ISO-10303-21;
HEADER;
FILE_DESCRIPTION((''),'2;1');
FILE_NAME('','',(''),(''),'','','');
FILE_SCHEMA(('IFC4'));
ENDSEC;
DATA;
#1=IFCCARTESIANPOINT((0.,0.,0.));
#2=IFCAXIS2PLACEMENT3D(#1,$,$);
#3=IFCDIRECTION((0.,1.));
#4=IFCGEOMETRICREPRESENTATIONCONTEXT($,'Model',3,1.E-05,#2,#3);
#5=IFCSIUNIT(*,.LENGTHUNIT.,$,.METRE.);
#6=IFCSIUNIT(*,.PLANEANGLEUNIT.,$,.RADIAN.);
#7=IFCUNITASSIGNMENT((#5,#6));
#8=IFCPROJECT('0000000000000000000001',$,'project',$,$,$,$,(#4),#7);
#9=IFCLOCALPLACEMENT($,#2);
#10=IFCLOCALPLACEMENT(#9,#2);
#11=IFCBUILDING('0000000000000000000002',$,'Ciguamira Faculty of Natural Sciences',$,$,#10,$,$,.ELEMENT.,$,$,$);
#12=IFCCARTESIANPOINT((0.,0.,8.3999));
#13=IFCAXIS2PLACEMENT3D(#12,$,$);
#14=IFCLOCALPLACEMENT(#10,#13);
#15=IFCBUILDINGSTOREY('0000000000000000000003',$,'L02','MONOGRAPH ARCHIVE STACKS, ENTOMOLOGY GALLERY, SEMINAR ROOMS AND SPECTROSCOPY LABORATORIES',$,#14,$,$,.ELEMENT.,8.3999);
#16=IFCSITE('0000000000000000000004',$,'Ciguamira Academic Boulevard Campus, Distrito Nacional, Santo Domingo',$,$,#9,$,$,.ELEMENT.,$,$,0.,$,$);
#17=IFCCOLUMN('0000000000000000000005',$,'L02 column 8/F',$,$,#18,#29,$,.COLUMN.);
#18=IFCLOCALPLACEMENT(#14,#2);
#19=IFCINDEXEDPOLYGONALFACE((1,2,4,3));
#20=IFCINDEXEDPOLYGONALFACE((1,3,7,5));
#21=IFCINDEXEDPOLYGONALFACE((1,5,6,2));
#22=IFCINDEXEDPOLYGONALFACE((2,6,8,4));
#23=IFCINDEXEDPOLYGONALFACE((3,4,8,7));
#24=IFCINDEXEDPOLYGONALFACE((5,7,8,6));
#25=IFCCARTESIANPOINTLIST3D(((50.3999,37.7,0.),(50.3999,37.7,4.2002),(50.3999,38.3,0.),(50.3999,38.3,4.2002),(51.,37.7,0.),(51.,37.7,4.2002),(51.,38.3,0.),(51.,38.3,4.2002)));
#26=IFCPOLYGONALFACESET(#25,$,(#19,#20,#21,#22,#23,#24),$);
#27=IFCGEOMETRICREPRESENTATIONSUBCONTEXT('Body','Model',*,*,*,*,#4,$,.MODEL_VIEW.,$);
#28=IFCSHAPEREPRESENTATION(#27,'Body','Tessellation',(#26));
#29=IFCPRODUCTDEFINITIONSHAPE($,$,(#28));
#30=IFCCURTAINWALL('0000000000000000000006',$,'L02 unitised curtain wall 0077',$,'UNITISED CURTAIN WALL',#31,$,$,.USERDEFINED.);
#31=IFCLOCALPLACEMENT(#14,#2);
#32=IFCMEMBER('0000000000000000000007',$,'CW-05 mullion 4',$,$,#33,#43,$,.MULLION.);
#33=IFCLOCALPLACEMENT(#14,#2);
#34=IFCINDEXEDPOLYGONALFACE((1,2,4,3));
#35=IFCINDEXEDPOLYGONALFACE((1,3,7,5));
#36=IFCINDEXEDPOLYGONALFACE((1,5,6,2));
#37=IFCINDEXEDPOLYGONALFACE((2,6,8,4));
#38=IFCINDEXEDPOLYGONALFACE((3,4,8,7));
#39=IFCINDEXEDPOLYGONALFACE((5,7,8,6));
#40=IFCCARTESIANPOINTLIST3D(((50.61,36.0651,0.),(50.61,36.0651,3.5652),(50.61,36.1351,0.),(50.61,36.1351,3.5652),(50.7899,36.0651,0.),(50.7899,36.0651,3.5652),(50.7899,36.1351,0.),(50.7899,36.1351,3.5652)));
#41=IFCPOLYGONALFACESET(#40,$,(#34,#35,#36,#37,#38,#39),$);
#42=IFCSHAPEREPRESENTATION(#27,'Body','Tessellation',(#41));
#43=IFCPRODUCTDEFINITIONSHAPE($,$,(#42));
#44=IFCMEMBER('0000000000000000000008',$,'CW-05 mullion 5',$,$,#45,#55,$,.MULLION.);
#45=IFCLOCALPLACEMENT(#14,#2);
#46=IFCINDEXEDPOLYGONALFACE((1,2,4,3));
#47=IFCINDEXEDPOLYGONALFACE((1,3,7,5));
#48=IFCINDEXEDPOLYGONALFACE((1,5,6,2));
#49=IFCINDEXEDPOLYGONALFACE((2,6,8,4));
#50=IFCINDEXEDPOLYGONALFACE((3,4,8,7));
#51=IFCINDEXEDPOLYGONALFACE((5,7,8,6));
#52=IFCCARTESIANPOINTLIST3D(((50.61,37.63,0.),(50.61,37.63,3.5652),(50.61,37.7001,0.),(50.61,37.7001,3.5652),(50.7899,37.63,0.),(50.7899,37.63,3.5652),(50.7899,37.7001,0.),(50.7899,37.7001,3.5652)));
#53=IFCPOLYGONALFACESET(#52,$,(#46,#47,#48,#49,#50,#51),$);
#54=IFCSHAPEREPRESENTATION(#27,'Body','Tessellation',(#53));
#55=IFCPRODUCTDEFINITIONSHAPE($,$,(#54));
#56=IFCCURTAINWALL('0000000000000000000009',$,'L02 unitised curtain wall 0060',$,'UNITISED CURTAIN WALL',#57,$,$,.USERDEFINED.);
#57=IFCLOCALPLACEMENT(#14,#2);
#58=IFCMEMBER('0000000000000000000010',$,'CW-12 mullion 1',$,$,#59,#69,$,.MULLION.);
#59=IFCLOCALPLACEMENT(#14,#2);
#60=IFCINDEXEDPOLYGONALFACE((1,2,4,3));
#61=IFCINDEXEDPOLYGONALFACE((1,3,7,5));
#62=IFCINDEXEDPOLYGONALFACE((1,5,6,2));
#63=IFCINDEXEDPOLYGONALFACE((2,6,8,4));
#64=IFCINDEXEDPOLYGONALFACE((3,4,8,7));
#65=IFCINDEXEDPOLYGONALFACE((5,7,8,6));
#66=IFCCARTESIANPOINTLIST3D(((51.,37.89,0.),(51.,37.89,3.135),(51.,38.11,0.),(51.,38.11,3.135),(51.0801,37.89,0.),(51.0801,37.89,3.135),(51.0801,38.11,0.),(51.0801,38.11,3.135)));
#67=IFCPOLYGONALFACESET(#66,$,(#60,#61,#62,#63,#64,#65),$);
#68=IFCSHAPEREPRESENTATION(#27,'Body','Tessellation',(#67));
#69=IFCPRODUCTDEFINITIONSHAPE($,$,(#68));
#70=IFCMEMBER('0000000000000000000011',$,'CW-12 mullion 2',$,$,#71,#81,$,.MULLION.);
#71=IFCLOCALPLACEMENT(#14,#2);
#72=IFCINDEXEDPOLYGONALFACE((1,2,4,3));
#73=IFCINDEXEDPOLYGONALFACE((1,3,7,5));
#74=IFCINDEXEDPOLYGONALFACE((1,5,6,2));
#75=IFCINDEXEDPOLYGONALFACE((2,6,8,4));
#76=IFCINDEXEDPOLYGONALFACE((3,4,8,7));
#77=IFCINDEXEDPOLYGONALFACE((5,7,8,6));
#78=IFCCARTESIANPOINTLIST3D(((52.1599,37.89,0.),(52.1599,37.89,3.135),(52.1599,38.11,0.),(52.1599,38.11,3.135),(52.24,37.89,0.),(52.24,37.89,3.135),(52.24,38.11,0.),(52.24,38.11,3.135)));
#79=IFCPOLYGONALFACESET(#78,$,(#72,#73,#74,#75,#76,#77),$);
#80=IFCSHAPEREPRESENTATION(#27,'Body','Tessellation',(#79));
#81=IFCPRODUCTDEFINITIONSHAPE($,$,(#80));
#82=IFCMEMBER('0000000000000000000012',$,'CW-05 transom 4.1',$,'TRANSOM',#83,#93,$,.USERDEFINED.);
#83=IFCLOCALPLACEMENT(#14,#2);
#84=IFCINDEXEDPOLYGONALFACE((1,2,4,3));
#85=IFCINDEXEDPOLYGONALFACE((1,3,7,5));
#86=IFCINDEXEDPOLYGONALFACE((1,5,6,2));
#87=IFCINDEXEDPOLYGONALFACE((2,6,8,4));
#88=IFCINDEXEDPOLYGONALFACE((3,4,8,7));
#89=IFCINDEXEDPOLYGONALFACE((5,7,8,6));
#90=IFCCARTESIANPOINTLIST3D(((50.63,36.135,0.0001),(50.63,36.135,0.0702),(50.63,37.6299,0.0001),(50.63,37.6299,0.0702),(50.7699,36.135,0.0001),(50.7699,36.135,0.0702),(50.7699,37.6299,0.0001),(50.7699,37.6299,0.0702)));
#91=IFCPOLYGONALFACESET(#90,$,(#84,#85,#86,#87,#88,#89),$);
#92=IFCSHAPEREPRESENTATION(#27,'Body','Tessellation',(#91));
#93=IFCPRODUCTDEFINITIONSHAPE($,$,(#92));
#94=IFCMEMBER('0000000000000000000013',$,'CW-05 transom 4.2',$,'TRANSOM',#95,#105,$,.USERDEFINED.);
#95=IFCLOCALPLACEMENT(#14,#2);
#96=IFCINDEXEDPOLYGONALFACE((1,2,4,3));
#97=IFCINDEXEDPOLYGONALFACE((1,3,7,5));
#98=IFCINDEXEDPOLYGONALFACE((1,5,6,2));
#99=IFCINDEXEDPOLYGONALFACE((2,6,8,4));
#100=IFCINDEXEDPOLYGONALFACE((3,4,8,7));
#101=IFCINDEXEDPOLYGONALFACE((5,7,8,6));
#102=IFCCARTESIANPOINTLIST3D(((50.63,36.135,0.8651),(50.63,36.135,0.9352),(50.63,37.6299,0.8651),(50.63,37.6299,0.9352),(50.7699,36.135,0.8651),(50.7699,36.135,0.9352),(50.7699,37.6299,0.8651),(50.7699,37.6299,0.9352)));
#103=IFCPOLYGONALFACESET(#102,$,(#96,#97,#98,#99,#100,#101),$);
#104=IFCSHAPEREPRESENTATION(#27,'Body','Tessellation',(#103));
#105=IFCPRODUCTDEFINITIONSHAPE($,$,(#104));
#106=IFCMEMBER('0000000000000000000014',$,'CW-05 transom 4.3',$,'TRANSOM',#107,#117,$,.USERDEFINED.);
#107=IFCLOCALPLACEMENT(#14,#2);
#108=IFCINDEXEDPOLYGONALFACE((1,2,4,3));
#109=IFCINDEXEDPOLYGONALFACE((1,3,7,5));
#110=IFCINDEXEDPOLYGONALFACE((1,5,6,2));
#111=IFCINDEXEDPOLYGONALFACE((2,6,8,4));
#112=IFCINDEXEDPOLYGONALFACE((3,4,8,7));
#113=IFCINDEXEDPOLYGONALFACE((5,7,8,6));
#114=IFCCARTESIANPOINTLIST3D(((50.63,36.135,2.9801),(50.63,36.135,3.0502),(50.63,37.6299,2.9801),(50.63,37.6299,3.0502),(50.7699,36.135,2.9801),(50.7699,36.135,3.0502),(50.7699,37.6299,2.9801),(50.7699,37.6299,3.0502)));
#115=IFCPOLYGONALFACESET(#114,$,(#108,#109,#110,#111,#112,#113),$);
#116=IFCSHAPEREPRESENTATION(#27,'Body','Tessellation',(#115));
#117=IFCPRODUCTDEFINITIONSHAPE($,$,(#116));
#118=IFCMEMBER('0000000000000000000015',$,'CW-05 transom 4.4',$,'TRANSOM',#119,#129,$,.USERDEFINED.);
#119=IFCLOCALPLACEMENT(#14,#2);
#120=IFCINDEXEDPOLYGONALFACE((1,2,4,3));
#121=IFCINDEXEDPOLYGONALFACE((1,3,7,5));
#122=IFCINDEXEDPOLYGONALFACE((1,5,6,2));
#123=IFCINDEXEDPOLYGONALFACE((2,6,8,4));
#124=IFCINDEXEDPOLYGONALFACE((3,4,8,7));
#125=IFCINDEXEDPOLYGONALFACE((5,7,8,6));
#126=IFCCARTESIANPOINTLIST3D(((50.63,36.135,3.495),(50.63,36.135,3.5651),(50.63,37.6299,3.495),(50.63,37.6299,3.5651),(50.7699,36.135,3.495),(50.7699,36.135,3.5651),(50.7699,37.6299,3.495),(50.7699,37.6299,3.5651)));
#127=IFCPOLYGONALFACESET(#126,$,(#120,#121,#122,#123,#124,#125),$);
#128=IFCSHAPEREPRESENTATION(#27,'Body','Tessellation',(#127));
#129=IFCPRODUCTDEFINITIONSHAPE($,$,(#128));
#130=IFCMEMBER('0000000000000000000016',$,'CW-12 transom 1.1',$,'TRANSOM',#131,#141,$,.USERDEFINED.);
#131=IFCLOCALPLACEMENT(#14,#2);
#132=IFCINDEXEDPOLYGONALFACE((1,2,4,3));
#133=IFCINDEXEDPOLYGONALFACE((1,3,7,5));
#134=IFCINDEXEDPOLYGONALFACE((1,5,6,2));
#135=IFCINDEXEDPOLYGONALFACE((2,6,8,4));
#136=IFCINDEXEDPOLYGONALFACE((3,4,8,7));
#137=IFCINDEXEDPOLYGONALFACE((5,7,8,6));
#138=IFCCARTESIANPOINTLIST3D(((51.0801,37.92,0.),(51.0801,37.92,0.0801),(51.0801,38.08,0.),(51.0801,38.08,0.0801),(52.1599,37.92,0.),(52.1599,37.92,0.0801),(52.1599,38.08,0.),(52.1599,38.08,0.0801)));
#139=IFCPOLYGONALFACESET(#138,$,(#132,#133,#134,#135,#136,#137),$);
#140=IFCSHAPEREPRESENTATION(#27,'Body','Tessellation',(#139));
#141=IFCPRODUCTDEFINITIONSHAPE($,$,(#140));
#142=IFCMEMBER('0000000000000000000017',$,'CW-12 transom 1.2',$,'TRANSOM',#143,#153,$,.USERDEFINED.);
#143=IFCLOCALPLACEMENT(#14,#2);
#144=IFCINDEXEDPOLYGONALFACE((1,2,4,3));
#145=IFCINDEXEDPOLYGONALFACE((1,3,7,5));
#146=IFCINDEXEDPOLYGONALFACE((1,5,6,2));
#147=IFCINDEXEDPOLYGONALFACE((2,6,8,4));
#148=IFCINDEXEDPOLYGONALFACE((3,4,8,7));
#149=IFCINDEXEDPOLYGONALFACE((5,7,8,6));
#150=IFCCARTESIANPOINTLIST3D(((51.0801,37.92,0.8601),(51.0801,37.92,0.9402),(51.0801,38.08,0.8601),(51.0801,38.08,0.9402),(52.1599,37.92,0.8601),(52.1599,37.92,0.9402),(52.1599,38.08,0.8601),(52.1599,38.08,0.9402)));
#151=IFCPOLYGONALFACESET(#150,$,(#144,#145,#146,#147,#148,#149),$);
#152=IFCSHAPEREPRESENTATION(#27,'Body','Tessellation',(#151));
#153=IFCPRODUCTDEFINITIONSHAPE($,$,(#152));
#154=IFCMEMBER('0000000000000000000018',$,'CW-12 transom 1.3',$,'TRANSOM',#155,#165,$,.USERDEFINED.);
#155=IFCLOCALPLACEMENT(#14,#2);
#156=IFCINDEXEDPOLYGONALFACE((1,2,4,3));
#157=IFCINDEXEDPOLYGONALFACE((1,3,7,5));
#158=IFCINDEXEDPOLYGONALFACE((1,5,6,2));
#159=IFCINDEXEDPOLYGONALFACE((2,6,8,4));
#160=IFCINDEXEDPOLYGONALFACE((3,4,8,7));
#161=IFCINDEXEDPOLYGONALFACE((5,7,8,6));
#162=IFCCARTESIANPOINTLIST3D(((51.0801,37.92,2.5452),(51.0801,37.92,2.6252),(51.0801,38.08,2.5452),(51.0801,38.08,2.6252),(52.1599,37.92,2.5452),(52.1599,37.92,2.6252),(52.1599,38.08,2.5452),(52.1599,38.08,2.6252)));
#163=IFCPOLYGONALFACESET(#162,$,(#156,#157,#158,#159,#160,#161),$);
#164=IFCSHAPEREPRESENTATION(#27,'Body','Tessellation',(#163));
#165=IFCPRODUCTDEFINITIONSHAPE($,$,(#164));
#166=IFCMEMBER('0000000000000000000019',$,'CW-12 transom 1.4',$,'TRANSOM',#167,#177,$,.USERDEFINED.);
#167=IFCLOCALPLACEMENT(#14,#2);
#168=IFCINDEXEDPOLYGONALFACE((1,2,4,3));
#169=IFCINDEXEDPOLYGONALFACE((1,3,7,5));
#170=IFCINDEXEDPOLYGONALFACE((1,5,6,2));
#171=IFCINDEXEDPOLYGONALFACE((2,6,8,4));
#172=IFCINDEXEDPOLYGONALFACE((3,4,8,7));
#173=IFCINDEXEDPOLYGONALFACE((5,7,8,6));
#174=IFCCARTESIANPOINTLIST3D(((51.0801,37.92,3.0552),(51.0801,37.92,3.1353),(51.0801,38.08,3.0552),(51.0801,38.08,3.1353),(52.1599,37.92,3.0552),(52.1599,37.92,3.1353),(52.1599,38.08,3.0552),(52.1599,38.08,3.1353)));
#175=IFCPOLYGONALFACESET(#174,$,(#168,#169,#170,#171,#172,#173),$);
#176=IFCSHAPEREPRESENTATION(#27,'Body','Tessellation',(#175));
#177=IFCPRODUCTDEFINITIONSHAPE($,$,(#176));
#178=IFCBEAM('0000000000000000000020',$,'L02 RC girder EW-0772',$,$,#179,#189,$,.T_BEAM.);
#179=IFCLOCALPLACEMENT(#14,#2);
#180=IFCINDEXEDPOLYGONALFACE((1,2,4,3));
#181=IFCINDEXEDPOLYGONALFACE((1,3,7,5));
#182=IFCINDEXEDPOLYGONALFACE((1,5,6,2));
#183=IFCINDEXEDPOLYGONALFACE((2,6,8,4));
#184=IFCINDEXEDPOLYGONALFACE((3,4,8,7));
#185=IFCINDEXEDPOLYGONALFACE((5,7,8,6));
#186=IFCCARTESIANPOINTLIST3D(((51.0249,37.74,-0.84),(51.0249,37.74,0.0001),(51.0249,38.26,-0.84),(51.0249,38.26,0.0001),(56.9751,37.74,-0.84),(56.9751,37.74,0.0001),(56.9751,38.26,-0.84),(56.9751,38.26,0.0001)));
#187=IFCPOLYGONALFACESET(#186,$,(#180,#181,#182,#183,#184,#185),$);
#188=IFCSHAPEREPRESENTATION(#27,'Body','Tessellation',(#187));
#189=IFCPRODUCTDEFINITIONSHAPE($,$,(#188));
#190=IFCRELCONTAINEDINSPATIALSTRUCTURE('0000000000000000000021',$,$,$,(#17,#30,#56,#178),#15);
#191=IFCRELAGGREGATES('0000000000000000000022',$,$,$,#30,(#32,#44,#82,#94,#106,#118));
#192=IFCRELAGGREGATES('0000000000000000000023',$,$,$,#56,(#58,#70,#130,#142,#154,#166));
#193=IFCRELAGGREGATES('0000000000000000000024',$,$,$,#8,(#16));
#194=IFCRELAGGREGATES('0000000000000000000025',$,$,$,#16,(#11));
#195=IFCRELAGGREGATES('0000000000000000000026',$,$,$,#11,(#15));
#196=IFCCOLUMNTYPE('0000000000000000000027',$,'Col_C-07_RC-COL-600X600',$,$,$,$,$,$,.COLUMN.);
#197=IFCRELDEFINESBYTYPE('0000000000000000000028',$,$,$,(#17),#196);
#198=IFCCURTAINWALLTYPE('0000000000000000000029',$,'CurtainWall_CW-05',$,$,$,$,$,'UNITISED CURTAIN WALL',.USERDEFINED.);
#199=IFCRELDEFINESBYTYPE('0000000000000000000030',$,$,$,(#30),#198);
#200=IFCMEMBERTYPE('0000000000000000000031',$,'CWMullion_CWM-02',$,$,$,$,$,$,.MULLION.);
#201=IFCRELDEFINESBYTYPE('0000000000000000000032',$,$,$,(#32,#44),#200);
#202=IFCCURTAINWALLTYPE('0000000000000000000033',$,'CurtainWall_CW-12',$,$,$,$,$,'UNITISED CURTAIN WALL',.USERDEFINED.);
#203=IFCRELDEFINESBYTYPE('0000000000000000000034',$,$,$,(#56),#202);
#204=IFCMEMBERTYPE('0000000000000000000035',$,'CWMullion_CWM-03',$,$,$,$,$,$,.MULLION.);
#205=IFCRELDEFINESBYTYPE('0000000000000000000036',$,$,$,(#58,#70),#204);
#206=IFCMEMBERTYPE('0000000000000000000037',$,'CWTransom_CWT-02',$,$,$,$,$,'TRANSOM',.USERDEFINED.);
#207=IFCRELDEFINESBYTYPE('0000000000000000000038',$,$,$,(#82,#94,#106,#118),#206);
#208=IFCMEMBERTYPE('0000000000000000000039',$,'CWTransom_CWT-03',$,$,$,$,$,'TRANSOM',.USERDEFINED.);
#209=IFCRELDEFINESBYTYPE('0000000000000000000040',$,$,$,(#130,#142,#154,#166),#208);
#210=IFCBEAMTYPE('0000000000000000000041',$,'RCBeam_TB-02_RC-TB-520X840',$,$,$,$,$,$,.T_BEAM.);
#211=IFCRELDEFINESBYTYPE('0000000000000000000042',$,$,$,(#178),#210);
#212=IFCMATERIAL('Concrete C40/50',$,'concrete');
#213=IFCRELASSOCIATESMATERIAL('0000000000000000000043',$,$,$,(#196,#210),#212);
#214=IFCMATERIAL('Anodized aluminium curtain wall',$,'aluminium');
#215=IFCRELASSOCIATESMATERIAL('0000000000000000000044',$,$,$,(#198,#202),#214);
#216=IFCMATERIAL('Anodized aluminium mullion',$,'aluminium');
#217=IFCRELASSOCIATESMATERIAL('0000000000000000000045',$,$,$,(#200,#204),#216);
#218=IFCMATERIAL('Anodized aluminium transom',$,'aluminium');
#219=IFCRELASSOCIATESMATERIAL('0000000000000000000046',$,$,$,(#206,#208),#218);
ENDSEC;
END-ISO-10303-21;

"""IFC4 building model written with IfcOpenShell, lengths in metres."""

from ifc_helpers import new_model, si_unit, direction, frame, origin, origin_2d, place, context, subcontext, project, spatial, rectangle, extrude, material, material_profile, profile_set, type_object, element, aggregate, save


model = new_model("IFC4")

# Units and contexts
model_context = context("Model", 3, precision=1e-05, world=origin(), true_north=direction((0.0, 1.0)))
body_context = subcontext(model_context, "Body", "Model", "MODEL_VIEW")
ifc_project = project(units=[si_unit("LENGTHUNIT", "METRE"), si_unit("PLANEANGLEUNIT", "RADIAN")], contexts=[model_context])

# Site, building, storey
site_placement = place(None, origin())
site = spatial("IfcSite", under=ifc_project, at=site_placement, Name="Ciguamira Academic Boulevard Campus, Distrito Nacional, Santo Domingo", CompositionType="ELEMENT", RefElevation=0.0)
building_placement = place(site_placement, origin())
building = spatial("IfcBuilding", under=site, at=building_placement, Name="Ciguamira Faculty of Natural Sciences", CompositionType="ELEMENT")
storey_placement = place(building_placement, frame((0.0, 0.0, 8.3999)))
storey = spatial("IfcBuildingStorey", under=building, at=storey_placement, Name="L02", Description="MONOGRAPH ARCHIVE STACKS, ENTOMOLOGY GALLERY, SEMINAR ROOMS AND SPECTROSCOPY LABORATORIES", CompositionType="ELEMENT", Elevation=8.3999)

# Column
ifc_material_1 = material(Name="Concrete C40/50", Category="concrete")
ifc_material_profile_1 = material_profile(ifc_material_1, rectangle(XDim=0.6001, YDim=0.6001, at=origin_2d()), Name="RC-COL-600X600")
ifc_profile_set_1 = profile_set([ifc_material_profile_1], Name="Concrete C40/50")
column_type = type_object("IfcColumnType", Name="Col_C-07_RC-COL-600X600", PredefinedType="COLUMN", material=ifc_profile_set_1)
column_placement = place(storey_placement, frame((50.7, 38.0, 0.0), z_axis=(0.0, 0.0, 1.0), x_axis=(1.0, 0.0, 0.0)))
element("IfcColumn", 1, at=column_placement, inside=storey, type_object=column_type, Name="L02 column 8/F", PredefinedType="COLUMN", context=body_context, shape_type="SweptSolid", body=[
    extrude(rectangle(XDim=0.6001, YDim=0.6001, at=origin_2d()), origin(), (0.0, 0.0, 1.0), 4.2002),
])

# Curtain walls, members
ifc_material_2 = material(Name="Anodized aluminium curtain wall", Category="aluminium")
curtain_wall_type_1 = type_object("IfcCurtainWallType", Name="CurtainWall_CW-05", ElementType="UNITISED CURTAIN WALL", PredefinedType="USERDEFINED", material=ifc_material_2)
curtain_wall_1_placement = place(storey_placement, origin())
curtain_wall_1 = element("IfcCurtainWall", 2, at=curtain_wall_1_placement, inside=storey, type_object=curtain_wall_type_1, Name="L02 unitised curtain wall 0077", ObjectType="UNITISED CURTAIN WALL", PredefinedType="USERDEFINED")
ifc_material_3 = material(Name="Anodized aluminium mullion", Category="aluminium")
ifc_material_profile_2 = material_profile(ifc_material_3, rectangle(XDim=0.0701, YDim=0.1799, at=origin_2d()), Name="ALU-MUL-70X180")
ifc_profile_set_2 = profile_set([ifc_material_profile_2], Name="Anodized aluminium mullion")
member_type_1 = type_object("IfcMemberType", Name="CWMullion_CWM-02", PredefinedType="MULLION", material=ifc_profile_set_2)
member_1_placement = place(storey_placement, frame((50.7, 36.1001, 0.0), z_axis=(0.0, 0.0, 1.0), x_axis=(0.0, 1.0, 0.0)))
member_1 = element("IfcMember", 3, at=member_1_placement, type_object=member_type_1, Name="CW-05 mullion 4", PredefinedType="MULLION", context=body_context, shape_type="SweptSolid", body=[
    extrude(rectangle(XDim=0.0701, YDim=0.1799, at=origin_2d()), origin(), (0.0, 0.0, 1.0), 3.5652),
])
member_2_placement = place(storey_placement, frame((50.7, 37.665, 0.0), z_axis=(0.0, 0.0, 1.0), x_axis=(0.0, 1.0, 0.0)))
member_2 = element("IfcMember", 4, at=member_2_placement, type_object=member_type_1, Name="CW-05 mullion 5", PredefinedType="MULLION", context=body_context, shape_type="SweptSolid", body=[
    extrude(rectangle(XDim=0.0701, YDim=0.1799, at=origin_2d()), origin(), (0.0, 0.0, 1.0), 3.5652),
])
curtain_wall_type_2 = type_object("IfcCurtainWallType", Name="CurtainWall_CW-12", ElementType="UNITISED CURTAIN WALL", PredefinedType="USERDEFINED", material=ifc_material_2)
curtain_wall_2_placement = place(storey_placement, origin())
curtain_wall_2 = element("IfcCurtainWall", 5, at=curtain_wall_2_placement, inside=storey, type_object=curtain_wall_type_2, Name="L02 unitised curtain wall 0060", ObjectType="UNITISED CURTAIN WALL", PredefinedType="USERDEFINED")
ifc_material_profile_3 = material_profile(ifc_material_3, rectangle(XDim=0.0801, YDim=0.22, at=origin_2d()), Name="ALU-MUL-80X220")
ifc_profile_set_3 = profile_set([ifc_material_profile_3], Name="Anodized aluminium mullion")
member_type_2 = type_object("IfcMemberType", Name="CWMullion_CWM-03", PredefinedType="MULLION", material=ifc_profile_set_3)
member_3_placement = place(storey_placement, frame((51.04, 38.0, 0.0), z_axis=(0.0, 0.0, 1.0), x_axis=(1.0, 0.0, 0.0)))
member_3 = element("IfcMember", 6, at=member_3_placement, type_object=member_type_2, Name="CW-12 mullion 1", PredefinedType="MULLION", context=body_context, shape_type="SweptSolid", body=[
    extrude(rectangle(XDim=0.0801, YDim=0.22, at=origin_2d()), origin(), (0.0, 0.0, 1.0), 3.135),
])
member_4_placement = place(storey_placement, frame((52.2, 38.0, 0.0), z_axis=(0.0, 0.0, 1.0), x_axis=(1.0, 0.0, 0.0)))
member_4 = element("IfcMember", 7, at=member_4_placement, type_object=member_type_2, Name="CW-12 mullion 2", PredefinedType="MULLION", context=body_context, shape_type="SweptSolid", body=[
    extrude(rectangle(XDim=0.0801, YDim=0.22, at=origin_2d()), origin(), (0.0, 0.0, 1.0), 3.135),
])

# Members
ifc_material_4 = material(Name="Anodized aluminium transom", Category="aluminium")
ifc_material_profile_4 = material_profile(ifc_material_4, rectangle(XDim=0.0701, YDim=0.1399, at=origin_2d()), Name="ALU-TRN-70X140")
ifc_profile_set_4 = profile_set([ifc_material_profile_4], Name="Anodized aluminium transom")
member_type_3 = type_object("IfcMemberType", Name="CWTransom_CWT-02", ElementType="TRANSOM", PredefinedType="USERDEFINED", material=ifc_profile_set_4)
member_5_placement = place(storey_placement, frame((50.7, 36.135, 0.0352), z_axis=(0.0, 1.0, 0.0), x_axis=(0.0, 0.0, 1.0)))
member_5 = element("IfcMember", 8, at=member_5_placement, type_object=member_type_3, Name="CW-05 transom 4.1", ObjectType="TRANSOM", PredefinedType="USERDEFINED", context=body_context, shape_type="SweptSolid", body=[
    extrude(rectangle(XDim=0.0701, YDim=0.1399, at=origin_2d()), origin(), (0.0, 0.0, 1.0), 1.4949),
])
member_6_placement = place(storey_placement, frame((50.7, 36.135, 0.9001), z_axis=(0.0, 1.0, 0.0), x_axis=(0.0, 0.0, 1.0)))
member_6 = element("IfcMember", 9, at=member_6_placement, type_object=member_type_3, Name="CW-05 transom 4.2", ObjectType="TRANSOM", PredefinedType="USERDEFINED", context=body_context, shape_type="SweptSolid", body=[
    extrude(rectangle(XDim=0.0701, YDim=0.1399, at=origin_2d()), origin(), (0.0, 0.0, 1.0), 1.4949),
])
member_7_placement = place(storey_placement, frame((50.7, 36.135, 3.0151), z_axis=(0.0, 1.0, 0.0), x_axis=(0.0, 0.0, 1.0)))
member_7 = element("IfcMember", 10, at=member_7_placement, type_object=member_type_3, Name="CW-05 transom 4.3", ObjectType="TRANSOM", PredefinedType="USERDEFINED", context=body_context, shape_type="SweptSolid", body=[
    extrude(rectangle(XDim=0.0701, YDim=0.1399, at=origin_2d()), origin(), (0.0, 0.0, 1.0), 1.4949),
])
member_8_placement = place(storey_placement, frame((50.7, 36.135, 3.53), z_axis=(0.0, 1.0, 0.0), x_axis=(0.0, 0.0, 1.0)))
member_8 = element("IfcMember", 11, at=member_8_placement, type_object=member_type_3, Name="CW-05 transom 4.4", ObjectType="TRANSOM", PredefinedType="USERDEFINED", context=body_context, shape_type="SweptSolid", body=[
    extrude(rectangle(XDim=0.0701, YDim=0.1399, at=origin_2d()), origin(), (0.0, 0.0, 1.0), 1.4949),
])
ifc_material_profile_5 = material_profile(ifc_material_4, rectangle(XDim=0.0801, YDim=0.1599, at=origin_2d()), Name="ALU-TRN-80X160")
ifc_profile_set_5 = profile_set([ifc_material_profile_5], Name="Anodized aluminium transom")
member_type_4 = type_object("IfcMemberType", Name="CWTransom_CWT-03", ElementType="TRANSOM", PredefinedType="USERDEFINED", material=ifc_profile_set_5)
member_9_placement = place(storey_placement, frame((51.0801, 38.0, 0.04), z_axis=(1.0, 0.0, 0.0), x_axis=(0.0, 0.0, 1.0)))
member_9 = element("IfcMember", 12, at=member_9_placement, type_object=member_type_4, Name="CW-12 transom 1.1", ObjectType="TRANSOM", PredefinedType="USERDEFINED", context=body_context, shape_type="SweptSolid", body=[
    extrude(rectangle(XDim=0.0801, YDim=0.1599, at=origin_2d()), origin(), (0.0, 0.0, 1.0), 1.0798),
])
member_10_placement = place(storey_placement, frame((51.0801, 38.0, 0.9001), z_axis=(1.0, 0.0, 0.0), x_axis=(0.0, 0.0, 1.0)))
member_10 = element("IfcMember", 13, at=member_10_placement, type_object=member_type_4, Name="CW-12 transom 1.2", ObjectType="TRANSOM", PredefinedType="USERDEFINED", context=body_context, shape_type="SweptSolid", body=[
    extrude(rectangle(XDim=0.0801, YDim=0.1599, at=origin_2d()), origin(), (0.0, 0.0, 1.0), 1.0798),
])
member_11_placement = place(storey_placement, frame((51.0801, 38.0, 2.5852), z_axis=(1.0, 0.0, 0.0), x_axis=(0.0, 0.0, 1.0)))
member_11 = element("IfcMember", 14, at=member_11_placement, type_object=member_type_4, Name="CW-12 transom 1.3", ObjectType="TRANSOM", PredefinedType="USERDEFINED", context=body_context, shape_type="SweptSolid", body=[
    extrude(rectangle(XDim=0.0801, YDim=0.1599, at=origin_2d()), origin(), (0.0, 0.0, 1.0), 1.0798),
])
member_12_placement = place(storey_placement, frame((51.0801, 38.0, 3.0952), z_axis=(1.0, 0.0, 0.0), x_axis=(0.0, 0.0, 1.0)))
member_12 = element("IfcMember", 15, at=member_12_placement, type_object=member_type_4, Name="CW-12 transom 1.4", ObjectType="TRANSOM", PredefinedType="USERDEFINED", context=body_context, shape_type="SweptSolid", body=[
    extrude(rectangle(XDim=0.0801, YDim=0.1599, at=origin_2d()), origin(), (0.0, 0.0, 1.0), 1.0798),
])

# Beam
ifc_material_profile_6 = material_profile(ifc_material_1, rectangle(XDim=0.52, YDim=0.8401, at=origin_2d()), Name="RC-TB-520X840")
ifc_profile_set_6 = profile_set([ifc_material_profile_6], Name="Concrete C40/50")
beam_type = type_object("IfcBeamType", Name="RCBeam_TB-02_RC-TB-520X840", PredefinedType="T_BEAM", material=ifc_profile_set_6)
beam_placement = place(storey_placement, frame((51.0249, 38.0, -0.4199), z_axis=(1.0, 0.0, 0.0), x_axis=(0.0, 1.0, 0.0)))
element("IfcBeam", 16, at=beam_placement, inside=storey, type_object=beam_type, Name="L02 RC girder EW-0772", PredefinedType="T_BEAM", context=body_context, shape_type="SweptSolid", body=[
    extrude(rectangle(XDim=0.52, YDim=0.8401, at=origin_2d()), origin(), (0.0, 0.0, 1.0), 5.9502),
])

aggregate(curtain_wall_1, [member_1, member_2, member_5, member_6, member_7, member_8])
aggregate(curtain_wall_2, [member_3, member_4, member_9, member_10, member_11, member_12])

save(model, "model.ifc")
